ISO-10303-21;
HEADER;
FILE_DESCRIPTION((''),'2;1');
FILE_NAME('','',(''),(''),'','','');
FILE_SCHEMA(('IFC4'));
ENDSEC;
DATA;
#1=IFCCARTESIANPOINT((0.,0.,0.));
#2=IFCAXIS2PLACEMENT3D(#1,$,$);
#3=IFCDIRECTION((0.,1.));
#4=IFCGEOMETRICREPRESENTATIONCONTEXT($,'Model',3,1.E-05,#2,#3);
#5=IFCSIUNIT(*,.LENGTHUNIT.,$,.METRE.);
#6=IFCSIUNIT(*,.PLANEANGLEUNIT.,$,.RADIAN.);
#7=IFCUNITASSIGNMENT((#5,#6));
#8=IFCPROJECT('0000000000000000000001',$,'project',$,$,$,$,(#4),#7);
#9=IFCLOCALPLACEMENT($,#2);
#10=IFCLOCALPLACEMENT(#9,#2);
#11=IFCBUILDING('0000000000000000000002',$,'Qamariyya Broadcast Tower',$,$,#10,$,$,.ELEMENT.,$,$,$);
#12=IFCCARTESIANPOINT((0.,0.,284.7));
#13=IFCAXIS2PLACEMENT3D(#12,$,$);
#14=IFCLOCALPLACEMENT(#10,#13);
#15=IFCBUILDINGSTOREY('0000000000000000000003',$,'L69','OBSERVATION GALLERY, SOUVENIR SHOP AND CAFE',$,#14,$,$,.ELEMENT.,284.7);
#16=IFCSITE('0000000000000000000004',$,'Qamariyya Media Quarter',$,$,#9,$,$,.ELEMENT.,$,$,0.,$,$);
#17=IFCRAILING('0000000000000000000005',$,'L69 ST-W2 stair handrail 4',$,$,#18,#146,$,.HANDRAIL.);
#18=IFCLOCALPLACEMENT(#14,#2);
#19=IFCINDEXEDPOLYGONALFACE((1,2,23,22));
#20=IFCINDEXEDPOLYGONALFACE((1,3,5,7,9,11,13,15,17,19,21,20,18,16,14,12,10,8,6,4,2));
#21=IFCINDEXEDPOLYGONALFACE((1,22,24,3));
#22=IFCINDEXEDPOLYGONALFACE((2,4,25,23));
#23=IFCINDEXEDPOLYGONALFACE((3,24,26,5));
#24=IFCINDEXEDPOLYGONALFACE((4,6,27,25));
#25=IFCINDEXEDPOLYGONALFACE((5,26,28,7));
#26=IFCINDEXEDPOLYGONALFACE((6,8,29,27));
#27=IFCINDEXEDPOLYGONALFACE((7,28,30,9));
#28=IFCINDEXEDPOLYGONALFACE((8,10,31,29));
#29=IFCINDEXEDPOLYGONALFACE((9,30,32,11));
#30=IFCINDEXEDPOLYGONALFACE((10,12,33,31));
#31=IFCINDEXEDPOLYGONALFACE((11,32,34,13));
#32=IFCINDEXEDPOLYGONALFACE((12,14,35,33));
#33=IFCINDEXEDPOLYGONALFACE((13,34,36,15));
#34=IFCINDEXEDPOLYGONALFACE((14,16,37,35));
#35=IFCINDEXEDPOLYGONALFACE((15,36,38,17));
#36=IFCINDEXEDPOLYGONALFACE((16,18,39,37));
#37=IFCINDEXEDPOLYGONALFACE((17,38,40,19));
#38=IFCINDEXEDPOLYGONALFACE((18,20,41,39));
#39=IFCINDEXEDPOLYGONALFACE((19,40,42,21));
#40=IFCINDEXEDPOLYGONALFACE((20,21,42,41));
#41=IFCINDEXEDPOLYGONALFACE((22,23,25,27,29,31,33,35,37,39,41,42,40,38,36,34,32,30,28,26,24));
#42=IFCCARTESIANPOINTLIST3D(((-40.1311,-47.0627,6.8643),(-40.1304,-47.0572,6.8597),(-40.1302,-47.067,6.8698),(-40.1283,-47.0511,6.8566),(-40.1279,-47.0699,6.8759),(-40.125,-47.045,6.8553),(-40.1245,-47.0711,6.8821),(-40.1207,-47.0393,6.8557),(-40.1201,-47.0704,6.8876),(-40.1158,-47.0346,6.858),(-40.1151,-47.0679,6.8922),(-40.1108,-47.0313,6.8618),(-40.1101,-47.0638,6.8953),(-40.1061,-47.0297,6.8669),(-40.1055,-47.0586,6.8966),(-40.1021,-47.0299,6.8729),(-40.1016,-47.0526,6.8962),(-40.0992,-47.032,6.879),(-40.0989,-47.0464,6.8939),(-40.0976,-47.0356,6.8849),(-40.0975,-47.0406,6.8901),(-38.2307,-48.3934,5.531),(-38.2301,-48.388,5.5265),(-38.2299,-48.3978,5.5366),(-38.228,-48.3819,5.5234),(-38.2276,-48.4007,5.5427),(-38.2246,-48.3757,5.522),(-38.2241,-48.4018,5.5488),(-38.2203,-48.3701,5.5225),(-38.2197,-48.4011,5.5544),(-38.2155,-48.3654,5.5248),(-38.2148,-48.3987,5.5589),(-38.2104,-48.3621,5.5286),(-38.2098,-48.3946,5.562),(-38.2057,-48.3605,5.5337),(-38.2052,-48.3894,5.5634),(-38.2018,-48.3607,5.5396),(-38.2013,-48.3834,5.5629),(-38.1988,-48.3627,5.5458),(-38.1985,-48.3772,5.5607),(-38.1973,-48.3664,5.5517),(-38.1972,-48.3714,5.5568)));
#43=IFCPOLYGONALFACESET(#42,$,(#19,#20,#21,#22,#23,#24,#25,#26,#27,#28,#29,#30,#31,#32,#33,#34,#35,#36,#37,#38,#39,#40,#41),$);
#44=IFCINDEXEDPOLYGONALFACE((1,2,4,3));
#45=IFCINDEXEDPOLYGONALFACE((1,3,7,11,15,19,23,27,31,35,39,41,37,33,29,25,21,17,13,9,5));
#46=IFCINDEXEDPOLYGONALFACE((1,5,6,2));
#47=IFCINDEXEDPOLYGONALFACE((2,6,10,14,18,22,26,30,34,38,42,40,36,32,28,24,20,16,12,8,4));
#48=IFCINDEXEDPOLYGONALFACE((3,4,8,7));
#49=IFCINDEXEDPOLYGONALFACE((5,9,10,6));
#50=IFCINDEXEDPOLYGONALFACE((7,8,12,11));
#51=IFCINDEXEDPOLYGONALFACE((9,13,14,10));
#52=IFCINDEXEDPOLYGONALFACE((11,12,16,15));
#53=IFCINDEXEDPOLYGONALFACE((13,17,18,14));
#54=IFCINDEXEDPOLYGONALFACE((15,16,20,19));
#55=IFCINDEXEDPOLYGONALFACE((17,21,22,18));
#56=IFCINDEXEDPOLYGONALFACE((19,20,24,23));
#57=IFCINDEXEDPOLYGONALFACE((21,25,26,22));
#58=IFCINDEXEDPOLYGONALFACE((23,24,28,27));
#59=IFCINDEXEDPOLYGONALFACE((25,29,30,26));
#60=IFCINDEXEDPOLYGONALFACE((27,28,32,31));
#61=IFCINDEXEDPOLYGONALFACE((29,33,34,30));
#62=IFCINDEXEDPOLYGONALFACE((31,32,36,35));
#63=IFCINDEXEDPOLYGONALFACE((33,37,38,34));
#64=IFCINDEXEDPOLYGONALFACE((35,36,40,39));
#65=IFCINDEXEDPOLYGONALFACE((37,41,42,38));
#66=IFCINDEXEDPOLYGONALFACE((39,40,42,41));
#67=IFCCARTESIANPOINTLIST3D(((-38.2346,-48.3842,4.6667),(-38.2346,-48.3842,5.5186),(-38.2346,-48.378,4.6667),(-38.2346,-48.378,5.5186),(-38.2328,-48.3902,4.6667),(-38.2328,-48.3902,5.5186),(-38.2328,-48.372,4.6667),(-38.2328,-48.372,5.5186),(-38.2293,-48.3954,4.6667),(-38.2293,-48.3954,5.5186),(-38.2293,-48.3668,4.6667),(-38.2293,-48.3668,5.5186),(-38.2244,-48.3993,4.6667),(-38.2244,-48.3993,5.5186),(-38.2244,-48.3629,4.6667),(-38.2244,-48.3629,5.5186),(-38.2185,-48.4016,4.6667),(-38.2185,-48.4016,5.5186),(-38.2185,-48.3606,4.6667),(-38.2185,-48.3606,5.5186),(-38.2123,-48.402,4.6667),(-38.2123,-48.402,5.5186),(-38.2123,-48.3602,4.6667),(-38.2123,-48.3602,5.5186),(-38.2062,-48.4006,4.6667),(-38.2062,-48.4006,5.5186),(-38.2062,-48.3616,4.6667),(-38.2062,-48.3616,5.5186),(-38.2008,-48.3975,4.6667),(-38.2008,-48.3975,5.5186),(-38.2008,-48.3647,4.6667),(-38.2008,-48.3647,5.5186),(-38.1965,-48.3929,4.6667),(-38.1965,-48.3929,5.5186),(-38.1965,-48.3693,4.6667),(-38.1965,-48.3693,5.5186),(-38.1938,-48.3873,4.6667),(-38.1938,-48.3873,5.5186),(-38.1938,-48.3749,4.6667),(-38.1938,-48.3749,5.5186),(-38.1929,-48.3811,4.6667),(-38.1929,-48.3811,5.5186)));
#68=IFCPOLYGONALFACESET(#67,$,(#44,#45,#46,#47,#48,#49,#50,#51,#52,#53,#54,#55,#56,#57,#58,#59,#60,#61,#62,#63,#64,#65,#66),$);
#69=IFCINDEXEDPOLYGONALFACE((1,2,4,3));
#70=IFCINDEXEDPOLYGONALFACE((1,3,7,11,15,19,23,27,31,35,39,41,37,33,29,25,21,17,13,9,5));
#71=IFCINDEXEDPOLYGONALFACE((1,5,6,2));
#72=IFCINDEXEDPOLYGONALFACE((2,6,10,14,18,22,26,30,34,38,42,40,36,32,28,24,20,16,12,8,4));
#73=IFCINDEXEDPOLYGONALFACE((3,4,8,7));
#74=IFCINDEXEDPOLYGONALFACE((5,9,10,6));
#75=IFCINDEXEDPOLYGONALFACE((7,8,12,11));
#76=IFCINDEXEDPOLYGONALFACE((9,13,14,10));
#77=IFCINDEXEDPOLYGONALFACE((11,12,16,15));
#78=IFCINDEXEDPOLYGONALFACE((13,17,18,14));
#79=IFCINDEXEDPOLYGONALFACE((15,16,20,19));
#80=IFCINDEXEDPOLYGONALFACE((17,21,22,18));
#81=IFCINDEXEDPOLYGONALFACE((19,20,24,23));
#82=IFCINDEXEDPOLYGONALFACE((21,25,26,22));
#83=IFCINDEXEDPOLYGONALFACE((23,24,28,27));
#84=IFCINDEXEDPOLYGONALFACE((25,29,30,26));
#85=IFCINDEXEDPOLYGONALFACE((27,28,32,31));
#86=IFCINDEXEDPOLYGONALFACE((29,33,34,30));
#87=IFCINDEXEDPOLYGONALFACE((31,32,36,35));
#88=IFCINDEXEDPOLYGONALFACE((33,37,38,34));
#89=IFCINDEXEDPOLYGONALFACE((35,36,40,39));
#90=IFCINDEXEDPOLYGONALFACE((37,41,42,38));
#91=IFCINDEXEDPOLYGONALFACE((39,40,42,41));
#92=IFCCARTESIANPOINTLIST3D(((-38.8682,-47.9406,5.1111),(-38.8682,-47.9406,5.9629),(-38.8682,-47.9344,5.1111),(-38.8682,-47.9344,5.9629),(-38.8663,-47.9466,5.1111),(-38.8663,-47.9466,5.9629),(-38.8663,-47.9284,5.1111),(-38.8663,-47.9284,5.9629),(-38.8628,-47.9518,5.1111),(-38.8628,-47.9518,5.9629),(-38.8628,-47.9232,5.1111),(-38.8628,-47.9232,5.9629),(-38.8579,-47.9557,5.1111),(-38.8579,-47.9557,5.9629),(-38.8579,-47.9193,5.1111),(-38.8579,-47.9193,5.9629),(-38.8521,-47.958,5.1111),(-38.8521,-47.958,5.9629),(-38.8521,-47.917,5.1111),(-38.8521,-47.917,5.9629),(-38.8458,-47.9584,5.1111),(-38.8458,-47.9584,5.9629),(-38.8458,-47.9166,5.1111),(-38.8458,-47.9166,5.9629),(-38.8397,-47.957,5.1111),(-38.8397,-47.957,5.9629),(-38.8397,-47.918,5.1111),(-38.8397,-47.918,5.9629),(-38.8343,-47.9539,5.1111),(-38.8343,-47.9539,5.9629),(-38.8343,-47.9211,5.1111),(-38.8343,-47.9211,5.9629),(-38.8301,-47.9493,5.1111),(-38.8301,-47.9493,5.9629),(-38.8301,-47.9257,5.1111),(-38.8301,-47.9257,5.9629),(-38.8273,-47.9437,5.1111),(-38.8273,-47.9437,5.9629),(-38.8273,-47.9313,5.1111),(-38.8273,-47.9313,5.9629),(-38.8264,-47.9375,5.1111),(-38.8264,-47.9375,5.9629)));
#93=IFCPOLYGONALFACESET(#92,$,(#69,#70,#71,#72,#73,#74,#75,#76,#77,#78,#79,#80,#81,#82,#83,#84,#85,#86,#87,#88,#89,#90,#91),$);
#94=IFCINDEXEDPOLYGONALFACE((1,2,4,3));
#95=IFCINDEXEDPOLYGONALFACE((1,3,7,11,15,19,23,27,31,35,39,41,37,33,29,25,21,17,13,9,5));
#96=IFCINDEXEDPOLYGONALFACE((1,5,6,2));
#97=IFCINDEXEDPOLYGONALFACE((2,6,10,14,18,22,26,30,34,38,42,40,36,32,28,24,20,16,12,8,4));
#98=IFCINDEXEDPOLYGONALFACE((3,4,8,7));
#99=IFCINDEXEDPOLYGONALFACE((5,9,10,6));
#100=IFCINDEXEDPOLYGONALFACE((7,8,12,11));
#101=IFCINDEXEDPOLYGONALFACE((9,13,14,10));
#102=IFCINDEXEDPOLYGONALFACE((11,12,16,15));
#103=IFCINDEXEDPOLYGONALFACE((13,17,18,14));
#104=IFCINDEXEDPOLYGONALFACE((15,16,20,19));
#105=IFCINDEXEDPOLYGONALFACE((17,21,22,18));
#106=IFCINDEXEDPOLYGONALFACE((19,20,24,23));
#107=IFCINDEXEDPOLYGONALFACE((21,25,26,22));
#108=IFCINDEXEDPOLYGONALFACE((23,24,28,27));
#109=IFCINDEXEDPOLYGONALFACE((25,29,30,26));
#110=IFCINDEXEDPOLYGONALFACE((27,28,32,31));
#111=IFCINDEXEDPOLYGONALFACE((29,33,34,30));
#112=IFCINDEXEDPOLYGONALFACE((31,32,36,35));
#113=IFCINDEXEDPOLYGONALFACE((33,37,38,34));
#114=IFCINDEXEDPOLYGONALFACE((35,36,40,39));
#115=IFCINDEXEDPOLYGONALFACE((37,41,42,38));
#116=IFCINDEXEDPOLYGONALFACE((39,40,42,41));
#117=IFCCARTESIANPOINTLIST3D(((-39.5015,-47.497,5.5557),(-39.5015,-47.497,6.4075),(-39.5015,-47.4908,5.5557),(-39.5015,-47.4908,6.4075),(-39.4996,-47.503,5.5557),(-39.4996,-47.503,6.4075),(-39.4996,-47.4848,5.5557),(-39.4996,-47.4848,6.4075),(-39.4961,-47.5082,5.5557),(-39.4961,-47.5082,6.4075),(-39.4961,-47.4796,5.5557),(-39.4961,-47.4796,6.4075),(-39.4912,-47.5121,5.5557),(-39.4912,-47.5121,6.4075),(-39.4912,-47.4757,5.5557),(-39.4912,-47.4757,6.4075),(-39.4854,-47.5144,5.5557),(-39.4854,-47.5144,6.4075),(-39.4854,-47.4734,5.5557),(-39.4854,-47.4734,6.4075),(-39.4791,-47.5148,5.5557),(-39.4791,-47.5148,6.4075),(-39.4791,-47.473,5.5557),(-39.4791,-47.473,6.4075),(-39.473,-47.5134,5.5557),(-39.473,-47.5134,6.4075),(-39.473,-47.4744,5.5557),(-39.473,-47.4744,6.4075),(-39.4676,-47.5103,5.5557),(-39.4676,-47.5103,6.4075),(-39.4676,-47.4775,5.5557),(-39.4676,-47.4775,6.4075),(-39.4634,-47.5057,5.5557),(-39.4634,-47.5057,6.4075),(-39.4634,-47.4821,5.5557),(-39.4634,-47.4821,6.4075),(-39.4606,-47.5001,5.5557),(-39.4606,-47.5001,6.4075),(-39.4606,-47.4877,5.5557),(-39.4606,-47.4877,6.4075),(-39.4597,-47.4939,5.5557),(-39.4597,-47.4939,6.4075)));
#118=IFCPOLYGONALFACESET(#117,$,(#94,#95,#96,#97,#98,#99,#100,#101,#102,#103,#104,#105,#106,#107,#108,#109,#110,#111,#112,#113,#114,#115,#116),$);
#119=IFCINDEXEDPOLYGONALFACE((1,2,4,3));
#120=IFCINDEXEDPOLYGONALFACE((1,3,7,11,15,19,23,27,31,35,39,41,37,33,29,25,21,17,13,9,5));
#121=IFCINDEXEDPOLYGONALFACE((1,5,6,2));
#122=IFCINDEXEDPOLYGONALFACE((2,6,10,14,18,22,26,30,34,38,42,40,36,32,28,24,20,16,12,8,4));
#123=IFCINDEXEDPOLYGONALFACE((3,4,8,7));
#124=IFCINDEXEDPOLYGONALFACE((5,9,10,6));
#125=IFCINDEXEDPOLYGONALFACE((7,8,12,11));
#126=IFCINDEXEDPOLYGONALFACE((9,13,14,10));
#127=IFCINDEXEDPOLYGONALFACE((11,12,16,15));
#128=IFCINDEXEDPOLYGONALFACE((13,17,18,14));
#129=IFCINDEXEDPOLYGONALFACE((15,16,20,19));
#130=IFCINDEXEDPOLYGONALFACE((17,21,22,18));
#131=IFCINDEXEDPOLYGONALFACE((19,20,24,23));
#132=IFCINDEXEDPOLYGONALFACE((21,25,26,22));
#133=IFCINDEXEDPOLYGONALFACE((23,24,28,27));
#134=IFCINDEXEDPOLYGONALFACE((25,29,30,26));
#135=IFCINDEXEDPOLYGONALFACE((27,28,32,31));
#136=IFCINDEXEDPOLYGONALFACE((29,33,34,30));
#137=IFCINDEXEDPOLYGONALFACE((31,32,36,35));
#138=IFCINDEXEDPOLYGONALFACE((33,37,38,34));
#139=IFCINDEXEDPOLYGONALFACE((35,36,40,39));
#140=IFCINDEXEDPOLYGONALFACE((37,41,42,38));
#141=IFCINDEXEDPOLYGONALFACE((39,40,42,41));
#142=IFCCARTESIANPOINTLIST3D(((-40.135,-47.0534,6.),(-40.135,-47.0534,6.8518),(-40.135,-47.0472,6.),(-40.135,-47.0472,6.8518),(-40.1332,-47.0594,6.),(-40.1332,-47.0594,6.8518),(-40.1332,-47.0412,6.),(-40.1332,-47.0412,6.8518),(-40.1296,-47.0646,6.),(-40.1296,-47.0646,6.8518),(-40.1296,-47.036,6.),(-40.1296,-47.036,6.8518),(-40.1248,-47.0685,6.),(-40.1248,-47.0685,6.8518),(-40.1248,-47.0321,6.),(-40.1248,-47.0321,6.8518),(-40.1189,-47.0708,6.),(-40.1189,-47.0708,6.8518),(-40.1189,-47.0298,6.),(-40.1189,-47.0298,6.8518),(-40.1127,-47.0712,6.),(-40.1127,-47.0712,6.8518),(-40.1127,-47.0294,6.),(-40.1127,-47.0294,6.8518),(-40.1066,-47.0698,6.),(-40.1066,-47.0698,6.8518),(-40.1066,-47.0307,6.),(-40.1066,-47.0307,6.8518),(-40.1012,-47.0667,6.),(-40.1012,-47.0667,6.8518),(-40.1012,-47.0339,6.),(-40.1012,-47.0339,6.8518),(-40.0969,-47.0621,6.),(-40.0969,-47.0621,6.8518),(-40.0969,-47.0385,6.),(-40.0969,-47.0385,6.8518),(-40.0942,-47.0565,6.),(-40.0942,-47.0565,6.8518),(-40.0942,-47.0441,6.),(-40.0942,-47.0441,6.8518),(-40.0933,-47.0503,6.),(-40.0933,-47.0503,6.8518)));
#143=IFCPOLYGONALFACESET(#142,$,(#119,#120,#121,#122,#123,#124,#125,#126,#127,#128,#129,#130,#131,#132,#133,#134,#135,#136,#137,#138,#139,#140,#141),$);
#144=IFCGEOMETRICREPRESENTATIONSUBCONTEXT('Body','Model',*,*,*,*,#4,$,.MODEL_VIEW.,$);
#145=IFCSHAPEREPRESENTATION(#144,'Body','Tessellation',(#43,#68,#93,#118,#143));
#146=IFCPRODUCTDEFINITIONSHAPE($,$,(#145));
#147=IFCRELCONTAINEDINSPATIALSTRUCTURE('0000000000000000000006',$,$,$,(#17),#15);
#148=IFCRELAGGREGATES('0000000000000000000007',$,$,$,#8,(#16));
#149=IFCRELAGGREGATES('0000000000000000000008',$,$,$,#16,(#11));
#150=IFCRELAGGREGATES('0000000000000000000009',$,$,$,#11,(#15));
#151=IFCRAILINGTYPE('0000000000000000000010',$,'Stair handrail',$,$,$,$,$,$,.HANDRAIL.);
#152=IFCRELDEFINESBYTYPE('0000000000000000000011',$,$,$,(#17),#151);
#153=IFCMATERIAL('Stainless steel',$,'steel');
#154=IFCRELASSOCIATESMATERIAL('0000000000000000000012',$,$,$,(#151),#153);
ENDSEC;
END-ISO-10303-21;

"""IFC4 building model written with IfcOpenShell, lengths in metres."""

from ifc_helpers import new_model, si_unit, direction, frame, origin, origin_2d, place, context, subcontext, project, spatial, circle, extrude, material, type_object, element, save


model = new_model("IFC4")

# Units and contexts
model_context = context("Model", 3, precision=1e-05, world=origin(), true_north=direction((0.0, 1.0)))
body_context = subcontext(model_context, "Body", "Model", "MODEL_VIEW")
ifc_project = project(units=[si_unit("LENGTHUNIT", "METRE"), si_unit("PLANEANGLEUNIT", "RADIAN")], contexts=[model_context])

# Site, building, storey
site_placement = place(None, origin())
site = spatial("IfcSite", under=ifc_project, at=site_placement, Name="Qamariyya Media Quarter", CompositionType="ELEMENT", RefElevation=0.0)
building_placement = place(site_placement, origin())
building = spatial("IfcBuilding", under=site, at=building_placement, Name="Qamariyya Broadcast Tower", CompositionType="ELEMENT")
storey_placement = place(building_placement, frame((0.0, 0.0, 284.7)))
storey = spatial("IfcBuildingStorey", under=building, at=storey_placement, Name="L69", Description="OBSERVATION GALLERY, SOUVENIR SHOP AND CAFE", CompositionType="ELEMENT", Elevation=284.7)

# Railing
ifc_material_1 = material(Name="Stainless steel", Category="steel")
railing_type_1 = type_object("IfcRailingType", Name="Stair handrail", PredefinedType="HANDRAIL", material=ifc_material_1)
railing_1_placement = place(storey_placement, frame((-38.2139, -48.3811, 4.6667)))
element("IfcRailing", 1, at=railing_1_placement, inside=storey, type_object=railing_type_1, Name="L69 ST-W2 stair handrail 4", PredefinedType="HANDRAIL", context=body_context, shape_type="SweptSolid", body=[
    extrude(circle(Radius=0.0239, at=origin_2d()), frame((0.0, 0.0, 0.876), z_axis=(-0.710204, 0.497344, 0.498256), x_axis=(-0.573618, -0.819123, 0.0)), (0.0, 0.0, 1.0), 2.6758),
    extrude(circle(Radius=0.021, at=origin_2d()), origin(), (0.0, 0.0, 1.0), 0.8518),
    extrude(circle(Radius=0.021, at=origin_2d()), frame((-0.6335, 0.4436, 0.4443)), (0.0, 0.0, 1.0), 0.8518),
    extrude(circle(Radius=0.021, at=origin_2d()), frame((-1.2668, 0.8872, 0.8889)), (0.0, 0.0, 1.0), 0.8518),
    extrude(circle(Radius=0.021, at=origin_2d()), frame((-1.9004, 1.3308, 1.3333)), (0.0, 0.0, 1.0), 0.8518),
])

save(model, "model.ifc")
